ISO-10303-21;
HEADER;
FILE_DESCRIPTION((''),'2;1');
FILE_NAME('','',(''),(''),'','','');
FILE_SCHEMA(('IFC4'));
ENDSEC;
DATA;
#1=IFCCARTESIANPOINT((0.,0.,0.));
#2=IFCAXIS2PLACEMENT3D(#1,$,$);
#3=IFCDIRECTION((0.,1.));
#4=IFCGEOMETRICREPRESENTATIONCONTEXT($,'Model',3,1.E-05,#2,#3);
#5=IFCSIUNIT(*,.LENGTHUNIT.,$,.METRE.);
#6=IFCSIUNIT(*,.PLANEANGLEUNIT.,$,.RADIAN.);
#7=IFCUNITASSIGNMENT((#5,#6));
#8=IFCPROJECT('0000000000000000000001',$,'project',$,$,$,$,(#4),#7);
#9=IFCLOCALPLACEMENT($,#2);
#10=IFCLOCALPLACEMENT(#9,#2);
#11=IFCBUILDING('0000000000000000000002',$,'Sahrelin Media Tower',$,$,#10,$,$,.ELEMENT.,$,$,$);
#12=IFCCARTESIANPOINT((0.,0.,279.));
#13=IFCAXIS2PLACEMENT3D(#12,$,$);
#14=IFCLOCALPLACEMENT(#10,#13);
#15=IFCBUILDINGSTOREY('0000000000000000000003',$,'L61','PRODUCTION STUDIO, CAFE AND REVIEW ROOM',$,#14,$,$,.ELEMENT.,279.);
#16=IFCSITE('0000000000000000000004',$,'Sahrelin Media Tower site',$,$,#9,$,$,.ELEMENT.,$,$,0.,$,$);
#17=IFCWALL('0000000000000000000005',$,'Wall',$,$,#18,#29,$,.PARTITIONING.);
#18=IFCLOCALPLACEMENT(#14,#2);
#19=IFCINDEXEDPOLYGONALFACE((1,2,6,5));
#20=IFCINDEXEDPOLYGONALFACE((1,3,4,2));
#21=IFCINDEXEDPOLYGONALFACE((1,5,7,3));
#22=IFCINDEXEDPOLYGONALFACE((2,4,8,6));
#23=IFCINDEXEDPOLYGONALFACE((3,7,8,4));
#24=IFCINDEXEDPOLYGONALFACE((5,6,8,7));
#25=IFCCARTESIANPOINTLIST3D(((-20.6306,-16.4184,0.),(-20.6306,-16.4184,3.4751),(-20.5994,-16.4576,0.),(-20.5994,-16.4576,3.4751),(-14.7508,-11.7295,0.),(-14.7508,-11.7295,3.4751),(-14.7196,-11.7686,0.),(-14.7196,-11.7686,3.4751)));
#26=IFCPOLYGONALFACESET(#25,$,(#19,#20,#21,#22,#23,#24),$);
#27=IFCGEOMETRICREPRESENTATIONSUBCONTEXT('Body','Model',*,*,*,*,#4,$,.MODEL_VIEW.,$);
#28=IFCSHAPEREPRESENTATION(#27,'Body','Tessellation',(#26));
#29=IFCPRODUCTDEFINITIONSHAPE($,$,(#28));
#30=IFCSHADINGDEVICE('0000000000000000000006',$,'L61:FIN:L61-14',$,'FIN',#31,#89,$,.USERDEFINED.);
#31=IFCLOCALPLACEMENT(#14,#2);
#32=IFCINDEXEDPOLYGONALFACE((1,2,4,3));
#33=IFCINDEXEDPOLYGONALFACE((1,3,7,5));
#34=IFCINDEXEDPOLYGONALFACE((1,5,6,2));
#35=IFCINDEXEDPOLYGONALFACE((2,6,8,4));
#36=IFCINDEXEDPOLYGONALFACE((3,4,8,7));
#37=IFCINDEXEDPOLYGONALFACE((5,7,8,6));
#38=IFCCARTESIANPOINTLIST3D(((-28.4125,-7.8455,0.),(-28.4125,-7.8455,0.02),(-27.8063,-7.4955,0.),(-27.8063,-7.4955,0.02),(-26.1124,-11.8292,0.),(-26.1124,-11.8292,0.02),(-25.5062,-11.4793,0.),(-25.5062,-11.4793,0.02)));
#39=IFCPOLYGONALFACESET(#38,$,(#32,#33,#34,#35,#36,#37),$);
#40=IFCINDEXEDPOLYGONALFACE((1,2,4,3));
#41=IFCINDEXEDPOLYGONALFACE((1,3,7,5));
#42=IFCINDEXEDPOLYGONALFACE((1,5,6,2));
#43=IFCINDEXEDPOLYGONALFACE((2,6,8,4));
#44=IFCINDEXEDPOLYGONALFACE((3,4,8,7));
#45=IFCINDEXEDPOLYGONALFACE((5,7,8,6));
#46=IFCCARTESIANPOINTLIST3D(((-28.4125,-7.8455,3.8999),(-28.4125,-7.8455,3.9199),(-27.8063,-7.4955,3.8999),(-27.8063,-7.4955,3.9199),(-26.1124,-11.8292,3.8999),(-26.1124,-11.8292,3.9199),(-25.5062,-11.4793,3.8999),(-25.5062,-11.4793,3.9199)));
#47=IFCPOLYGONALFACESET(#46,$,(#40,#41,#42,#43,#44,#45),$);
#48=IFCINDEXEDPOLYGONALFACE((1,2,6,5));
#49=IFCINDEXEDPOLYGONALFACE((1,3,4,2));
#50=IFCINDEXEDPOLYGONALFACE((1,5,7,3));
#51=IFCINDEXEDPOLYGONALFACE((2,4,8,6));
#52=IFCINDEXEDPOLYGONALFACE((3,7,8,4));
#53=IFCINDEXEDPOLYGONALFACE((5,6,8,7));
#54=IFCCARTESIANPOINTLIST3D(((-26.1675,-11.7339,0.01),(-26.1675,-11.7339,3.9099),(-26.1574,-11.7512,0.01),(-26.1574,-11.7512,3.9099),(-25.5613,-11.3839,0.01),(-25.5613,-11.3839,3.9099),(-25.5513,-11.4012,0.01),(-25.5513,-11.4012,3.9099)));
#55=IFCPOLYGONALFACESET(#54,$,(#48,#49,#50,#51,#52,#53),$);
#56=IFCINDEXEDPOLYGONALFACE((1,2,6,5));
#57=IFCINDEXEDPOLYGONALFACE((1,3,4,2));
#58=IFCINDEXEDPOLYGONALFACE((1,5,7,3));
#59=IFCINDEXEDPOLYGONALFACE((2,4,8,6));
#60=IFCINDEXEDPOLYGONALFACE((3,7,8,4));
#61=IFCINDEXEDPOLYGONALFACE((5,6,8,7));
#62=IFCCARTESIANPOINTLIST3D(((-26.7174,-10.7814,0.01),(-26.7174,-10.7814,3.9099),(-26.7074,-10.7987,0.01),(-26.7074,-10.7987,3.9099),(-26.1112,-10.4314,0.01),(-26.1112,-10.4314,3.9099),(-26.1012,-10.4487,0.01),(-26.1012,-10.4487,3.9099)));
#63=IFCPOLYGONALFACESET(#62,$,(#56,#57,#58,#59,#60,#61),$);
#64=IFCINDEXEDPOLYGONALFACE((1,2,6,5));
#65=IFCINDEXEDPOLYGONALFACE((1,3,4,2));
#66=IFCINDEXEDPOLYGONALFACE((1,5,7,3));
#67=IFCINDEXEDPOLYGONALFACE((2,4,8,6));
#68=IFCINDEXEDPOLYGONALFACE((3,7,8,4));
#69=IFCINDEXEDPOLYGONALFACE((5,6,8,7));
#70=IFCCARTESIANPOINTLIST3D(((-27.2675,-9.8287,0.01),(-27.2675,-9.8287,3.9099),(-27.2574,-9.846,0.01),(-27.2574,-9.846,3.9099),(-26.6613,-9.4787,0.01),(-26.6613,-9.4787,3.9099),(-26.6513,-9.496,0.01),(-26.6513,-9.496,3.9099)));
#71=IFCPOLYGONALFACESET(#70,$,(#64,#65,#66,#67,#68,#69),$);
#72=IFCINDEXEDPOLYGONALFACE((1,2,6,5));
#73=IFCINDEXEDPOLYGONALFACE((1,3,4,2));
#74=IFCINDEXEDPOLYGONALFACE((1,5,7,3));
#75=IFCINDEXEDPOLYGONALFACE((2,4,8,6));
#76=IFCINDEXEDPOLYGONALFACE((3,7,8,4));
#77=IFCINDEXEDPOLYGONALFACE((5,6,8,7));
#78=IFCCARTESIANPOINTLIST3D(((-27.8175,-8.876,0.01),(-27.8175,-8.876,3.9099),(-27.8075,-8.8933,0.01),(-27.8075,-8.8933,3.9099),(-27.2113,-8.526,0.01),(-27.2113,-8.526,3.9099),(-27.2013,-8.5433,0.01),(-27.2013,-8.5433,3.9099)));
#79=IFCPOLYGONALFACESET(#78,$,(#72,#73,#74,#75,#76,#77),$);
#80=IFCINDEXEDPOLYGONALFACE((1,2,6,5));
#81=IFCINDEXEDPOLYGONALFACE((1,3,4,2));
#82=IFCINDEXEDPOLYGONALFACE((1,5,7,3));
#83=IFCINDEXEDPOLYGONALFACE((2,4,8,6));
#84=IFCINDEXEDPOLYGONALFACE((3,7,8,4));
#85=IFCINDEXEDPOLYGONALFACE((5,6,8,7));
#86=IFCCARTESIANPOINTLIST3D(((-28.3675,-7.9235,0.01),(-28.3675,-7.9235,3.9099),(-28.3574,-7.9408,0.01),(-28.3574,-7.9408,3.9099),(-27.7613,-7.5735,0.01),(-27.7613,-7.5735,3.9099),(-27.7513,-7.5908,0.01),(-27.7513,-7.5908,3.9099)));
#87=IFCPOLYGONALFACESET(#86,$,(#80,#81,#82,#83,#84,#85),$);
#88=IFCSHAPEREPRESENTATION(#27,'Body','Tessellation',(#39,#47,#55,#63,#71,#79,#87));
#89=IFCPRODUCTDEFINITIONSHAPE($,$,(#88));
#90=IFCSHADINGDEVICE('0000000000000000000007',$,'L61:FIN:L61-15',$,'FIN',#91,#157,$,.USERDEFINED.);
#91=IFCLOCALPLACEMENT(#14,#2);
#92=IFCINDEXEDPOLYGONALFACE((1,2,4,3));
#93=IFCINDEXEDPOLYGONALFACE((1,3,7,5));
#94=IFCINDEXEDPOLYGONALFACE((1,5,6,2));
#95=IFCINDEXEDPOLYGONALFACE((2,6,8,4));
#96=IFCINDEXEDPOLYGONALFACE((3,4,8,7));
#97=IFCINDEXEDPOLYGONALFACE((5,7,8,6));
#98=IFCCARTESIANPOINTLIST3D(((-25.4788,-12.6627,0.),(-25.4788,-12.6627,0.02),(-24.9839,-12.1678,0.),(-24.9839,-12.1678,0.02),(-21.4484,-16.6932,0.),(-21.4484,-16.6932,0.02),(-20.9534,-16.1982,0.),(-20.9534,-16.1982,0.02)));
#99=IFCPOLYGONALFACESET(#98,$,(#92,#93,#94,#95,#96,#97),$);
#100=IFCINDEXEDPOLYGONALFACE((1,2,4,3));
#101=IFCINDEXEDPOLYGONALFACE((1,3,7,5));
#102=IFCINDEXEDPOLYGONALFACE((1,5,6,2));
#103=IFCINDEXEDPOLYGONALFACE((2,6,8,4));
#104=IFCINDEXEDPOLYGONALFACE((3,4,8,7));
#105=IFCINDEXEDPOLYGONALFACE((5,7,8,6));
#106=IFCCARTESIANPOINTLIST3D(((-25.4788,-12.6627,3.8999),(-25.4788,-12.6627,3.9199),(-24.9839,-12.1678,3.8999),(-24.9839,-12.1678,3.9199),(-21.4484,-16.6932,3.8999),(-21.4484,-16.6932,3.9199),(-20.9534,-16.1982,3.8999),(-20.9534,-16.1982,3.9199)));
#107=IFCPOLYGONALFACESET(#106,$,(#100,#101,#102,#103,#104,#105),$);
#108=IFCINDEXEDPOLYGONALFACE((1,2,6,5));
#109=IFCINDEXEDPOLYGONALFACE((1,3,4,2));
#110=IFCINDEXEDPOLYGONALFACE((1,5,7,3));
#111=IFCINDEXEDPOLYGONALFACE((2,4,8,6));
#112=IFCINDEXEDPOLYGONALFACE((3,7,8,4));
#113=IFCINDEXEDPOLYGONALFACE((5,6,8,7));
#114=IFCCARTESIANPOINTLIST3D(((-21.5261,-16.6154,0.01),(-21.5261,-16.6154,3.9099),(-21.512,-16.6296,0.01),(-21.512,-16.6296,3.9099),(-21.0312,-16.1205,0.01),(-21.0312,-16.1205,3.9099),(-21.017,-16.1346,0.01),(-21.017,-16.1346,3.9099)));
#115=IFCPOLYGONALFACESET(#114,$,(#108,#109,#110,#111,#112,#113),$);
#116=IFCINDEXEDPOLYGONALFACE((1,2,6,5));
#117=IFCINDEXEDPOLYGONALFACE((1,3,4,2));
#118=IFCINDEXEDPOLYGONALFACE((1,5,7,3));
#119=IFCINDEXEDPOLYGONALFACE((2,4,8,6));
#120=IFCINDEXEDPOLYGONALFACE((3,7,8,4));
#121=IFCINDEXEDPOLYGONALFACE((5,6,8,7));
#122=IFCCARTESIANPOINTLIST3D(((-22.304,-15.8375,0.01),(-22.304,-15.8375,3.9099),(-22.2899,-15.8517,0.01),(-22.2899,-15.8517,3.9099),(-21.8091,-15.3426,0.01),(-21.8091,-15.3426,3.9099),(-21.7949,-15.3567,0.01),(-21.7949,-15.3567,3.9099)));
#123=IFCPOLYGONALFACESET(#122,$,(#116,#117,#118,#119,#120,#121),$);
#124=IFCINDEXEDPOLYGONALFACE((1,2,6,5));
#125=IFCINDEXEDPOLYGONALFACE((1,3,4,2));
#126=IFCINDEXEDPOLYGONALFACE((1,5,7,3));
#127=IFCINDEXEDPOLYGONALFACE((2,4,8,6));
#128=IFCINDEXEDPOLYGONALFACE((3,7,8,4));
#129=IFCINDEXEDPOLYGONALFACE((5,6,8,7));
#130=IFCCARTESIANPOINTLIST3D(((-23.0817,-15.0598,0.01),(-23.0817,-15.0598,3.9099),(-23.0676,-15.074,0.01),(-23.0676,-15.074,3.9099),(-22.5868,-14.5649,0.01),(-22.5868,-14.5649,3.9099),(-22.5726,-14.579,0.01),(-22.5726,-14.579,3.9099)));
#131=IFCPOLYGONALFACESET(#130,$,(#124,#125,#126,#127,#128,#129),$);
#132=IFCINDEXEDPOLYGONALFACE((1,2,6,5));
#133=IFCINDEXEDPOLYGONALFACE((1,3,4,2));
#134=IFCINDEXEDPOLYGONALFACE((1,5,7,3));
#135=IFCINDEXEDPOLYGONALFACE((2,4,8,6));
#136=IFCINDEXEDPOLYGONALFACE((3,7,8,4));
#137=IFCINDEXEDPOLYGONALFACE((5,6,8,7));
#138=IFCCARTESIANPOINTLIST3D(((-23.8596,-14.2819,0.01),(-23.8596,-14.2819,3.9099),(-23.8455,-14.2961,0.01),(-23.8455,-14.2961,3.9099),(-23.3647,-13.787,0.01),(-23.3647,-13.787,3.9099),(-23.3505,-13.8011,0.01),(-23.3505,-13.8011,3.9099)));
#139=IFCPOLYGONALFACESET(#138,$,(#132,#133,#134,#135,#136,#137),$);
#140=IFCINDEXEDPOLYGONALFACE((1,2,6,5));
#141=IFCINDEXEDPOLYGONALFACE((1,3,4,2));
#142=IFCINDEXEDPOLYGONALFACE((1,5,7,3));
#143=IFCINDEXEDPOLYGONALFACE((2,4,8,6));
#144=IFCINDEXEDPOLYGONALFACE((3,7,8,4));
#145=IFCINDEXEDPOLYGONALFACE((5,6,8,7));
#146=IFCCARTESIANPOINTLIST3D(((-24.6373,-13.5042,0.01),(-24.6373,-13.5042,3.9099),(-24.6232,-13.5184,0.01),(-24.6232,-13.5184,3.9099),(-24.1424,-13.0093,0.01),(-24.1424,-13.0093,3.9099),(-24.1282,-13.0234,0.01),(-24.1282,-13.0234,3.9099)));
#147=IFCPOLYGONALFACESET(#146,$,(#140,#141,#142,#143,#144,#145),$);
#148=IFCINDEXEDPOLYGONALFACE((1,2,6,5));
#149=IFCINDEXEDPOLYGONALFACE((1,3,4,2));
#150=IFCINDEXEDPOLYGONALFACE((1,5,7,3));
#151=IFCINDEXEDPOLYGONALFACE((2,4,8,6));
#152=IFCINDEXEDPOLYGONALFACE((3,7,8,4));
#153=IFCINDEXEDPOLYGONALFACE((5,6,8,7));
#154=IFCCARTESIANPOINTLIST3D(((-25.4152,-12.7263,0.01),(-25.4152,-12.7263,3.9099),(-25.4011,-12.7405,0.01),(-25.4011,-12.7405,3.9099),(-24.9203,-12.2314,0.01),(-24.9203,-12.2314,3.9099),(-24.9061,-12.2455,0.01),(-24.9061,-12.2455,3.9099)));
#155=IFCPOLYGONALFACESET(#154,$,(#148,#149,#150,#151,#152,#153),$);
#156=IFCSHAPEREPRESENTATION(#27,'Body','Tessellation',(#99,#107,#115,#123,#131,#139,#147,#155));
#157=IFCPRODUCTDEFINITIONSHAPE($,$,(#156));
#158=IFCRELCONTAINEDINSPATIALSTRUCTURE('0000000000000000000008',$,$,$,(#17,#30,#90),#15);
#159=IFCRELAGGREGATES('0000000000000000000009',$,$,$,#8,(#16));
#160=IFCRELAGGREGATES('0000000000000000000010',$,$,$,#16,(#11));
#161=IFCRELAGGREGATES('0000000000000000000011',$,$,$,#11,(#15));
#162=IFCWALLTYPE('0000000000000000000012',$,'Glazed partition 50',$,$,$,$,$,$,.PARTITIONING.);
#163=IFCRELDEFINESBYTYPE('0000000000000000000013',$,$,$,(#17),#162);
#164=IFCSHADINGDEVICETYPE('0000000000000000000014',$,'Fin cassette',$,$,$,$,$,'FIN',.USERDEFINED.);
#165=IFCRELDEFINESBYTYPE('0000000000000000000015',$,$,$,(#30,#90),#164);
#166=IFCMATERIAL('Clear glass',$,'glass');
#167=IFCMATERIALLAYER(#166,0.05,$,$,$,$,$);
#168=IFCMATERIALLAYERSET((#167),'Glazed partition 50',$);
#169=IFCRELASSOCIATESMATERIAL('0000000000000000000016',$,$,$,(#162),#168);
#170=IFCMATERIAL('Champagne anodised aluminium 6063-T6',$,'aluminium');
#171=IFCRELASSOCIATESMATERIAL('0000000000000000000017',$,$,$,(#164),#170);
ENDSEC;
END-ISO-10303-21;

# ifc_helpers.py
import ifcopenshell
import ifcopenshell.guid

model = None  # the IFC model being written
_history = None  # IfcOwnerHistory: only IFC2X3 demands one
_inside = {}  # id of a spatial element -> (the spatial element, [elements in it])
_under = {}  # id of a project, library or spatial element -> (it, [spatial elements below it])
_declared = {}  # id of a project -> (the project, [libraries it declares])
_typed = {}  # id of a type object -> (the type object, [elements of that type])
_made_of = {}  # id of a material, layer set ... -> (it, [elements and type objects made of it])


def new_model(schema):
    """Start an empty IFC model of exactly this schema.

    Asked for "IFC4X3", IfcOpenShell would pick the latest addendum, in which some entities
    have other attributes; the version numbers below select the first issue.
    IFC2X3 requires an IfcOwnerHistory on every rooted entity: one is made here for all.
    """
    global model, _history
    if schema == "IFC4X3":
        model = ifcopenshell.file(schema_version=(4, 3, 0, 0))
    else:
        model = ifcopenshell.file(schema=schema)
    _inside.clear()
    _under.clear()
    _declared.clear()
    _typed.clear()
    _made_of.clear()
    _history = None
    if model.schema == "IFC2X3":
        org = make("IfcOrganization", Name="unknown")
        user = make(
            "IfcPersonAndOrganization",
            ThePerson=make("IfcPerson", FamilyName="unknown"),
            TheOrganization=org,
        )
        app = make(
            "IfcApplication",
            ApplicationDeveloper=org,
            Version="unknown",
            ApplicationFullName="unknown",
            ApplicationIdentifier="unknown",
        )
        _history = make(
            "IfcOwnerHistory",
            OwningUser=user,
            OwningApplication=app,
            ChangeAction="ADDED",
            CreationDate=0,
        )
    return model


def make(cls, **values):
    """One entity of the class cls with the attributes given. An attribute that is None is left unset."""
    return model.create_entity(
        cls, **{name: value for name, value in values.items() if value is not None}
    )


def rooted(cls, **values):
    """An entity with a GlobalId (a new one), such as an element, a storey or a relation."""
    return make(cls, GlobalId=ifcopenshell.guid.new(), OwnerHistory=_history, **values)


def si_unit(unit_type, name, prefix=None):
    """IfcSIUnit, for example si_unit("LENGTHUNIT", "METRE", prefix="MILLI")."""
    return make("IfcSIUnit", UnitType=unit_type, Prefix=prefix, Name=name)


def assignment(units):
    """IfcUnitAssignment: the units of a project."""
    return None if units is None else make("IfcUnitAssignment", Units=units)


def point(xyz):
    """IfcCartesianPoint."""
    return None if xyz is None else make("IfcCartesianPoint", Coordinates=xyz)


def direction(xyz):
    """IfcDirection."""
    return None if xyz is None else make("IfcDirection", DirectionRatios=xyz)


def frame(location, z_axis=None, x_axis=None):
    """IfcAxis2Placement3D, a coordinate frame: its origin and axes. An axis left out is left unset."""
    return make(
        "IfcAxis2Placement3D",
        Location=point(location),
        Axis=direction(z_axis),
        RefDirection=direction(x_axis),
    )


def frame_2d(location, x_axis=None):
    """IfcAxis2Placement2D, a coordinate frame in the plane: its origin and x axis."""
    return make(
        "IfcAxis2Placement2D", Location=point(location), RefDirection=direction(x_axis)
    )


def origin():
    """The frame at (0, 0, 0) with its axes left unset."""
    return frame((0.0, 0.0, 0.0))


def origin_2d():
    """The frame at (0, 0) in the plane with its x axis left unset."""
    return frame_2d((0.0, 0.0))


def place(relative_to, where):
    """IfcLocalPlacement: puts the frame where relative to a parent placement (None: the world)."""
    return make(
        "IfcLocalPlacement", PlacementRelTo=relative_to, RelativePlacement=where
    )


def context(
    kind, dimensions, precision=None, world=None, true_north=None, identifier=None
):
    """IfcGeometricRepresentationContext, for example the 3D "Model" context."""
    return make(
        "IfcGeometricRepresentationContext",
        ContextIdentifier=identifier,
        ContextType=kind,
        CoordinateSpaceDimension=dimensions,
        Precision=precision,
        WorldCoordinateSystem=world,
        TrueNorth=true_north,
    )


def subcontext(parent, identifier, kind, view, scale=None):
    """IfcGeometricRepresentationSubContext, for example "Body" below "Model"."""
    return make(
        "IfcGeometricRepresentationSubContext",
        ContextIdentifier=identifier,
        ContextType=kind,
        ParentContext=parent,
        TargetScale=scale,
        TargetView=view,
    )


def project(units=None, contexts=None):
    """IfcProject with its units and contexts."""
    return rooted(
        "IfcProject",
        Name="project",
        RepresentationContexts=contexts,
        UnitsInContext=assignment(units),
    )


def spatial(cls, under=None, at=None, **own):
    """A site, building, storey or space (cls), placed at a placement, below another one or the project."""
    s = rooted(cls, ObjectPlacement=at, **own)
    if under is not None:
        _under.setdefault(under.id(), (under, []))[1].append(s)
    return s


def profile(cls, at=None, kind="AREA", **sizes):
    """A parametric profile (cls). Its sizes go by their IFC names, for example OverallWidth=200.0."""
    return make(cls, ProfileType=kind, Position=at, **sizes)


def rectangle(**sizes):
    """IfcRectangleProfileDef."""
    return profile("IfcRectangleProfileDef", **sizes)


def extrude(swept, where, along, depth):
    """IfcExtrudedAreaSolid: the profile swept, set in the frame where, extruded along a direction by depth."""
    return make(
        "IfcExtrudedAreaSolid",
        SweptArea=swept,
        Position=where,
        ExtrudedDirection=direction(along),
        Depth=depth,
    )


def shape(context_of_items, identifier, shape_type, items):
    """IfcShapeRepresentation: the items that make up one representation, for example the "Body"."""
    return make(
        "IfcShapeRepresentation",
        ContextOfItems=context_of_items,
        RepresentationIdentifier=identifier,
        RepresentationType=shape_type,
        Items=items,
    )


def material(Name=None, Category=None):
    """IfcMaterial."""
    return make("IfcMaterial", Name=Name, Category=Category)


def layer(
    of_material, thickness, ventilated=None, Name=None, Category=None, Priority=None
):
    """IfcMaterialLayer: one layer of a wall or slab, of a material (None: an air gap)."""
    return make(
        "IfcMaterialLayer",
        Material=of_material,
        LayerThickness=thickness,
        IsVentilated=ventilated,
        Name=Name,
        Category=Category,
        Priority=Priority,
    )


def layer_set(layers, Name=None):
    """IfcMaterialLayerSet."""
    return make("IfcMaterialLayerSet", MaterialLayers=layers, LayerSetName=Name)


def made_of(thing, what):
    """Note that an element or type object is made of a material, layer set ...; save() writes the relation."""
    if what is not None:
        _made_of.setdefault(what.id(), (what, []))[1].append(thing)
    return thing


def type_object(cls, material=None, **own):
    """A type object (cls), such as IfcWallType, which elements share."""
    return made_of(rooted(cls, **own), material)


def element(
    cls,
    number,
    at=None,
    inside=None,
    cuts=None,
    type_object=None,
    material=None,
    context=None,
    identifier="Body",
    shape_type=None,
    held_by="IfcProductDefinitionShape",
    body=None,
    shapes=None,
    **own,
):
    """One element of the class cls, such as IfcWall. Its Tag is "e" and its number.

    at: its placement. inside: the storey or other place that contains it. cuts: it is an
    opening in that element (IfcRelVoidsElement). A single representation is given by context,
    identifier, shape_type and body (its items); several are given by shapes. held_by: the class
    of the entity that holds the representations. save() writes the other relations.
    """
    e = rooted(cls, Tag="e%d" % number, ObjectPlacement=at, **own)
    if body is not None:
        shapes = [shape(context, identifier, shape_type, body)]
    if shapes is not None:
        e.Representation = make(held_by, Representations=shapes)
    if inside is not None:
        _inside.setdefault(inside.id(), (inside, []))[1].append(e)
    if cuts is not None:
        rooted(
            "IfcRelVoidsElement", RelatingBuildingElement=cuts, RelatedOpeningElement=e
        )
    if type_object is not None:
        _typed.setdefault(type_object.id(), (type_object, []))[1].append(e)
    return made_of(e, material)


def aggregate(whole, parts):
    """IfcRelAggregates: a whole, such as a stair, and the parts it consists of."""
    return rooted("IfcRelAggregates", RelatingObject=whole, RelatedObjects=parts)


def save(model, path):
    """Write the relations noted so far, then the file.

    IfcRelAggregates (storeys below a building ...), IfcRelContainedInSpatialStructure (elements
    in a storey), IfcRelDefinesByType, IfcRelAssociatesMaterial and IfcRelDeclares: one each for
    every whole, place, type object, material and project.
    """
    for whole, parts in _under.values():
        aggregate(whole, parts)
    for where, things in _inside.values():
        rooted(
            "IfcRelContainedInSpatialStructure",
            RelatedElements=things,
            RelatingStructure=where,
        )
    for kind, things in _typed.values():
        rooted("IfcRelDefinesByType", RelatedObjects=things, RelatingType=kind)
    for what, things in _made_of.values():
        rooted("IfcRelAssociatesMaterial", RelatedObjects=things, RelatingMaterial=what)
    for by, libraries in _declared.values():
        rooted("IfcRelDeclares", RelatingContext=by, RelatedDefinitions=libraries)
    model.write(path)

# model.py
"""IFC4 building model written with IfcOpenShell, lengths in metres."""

from ifc_helpers import new_model, si_unit, direction, frame, frame_2d, origin, origin_2d, place, context, subcontext, project, spatial, rectangle, extrude, material, layer, layer_set, type_object, element, save


model = new_model("IFC4")

# Units and contexts
model_context = context("Model", 3, precision=1e-05, world=origin(), true_north=direction((0.0, 1.0)))
body_context = subcontext(model_context, "Body", "Model", "MODEL_VIEW")
ifc_project = project(units=[si_unit("LENGTHUNIT", "METRE"), si_unit("PLANEANGLEUNIT", "RADIAN")], contexts=[model_context])

# Site, building, storey
site_placement = place(None, origin())
site = spatial("IfcSite", under=ifc_project, at=site_placement, Name="Sahrelin Media Tower site", CompositionType="ELEMENT", RefElevation=0.0)
building_placement = place(site_placement, origin())
building = spatial("IfcBuilding", under=site, at=building_placement, Name="Sahrelin Media Tower", CompositionType="ELEMENT")
storey_placement = place(building_placement, frame((0.0, 0.0, 279.0)))
storey = spatial("IfcBuildingStorey", under=building, at=storey_placement, Name="L61", Description="PRODUCTION STUDIO, CAFE AND REVIEW ROOM", CompositionType="ELEMENT", Elevation=279.0)

# Shared definitions
ifc_material_1 = material(Name="Champagne anodised aluminium 6063-T6", Category="aluminium")

# Wall
ifc_material_2 = material(Name="Clear glass", Category="glass")
ifc_layer_1 = layer(ifc_material_2, 0.05)
ifc_layer_set_1 = layer_set([ifc_layer_1], Name="Glazed partition 50")
wall_type_1 = type_object("IfcWallType", Name="Glazed partition 50", PredefinedType="PARTITIONING", material=ifc_layer_set_1)
wall_1_placement = place(storey_placement, frame((-20.615, -16.438, 0.0), z_axis=(0.0, 0.0, 1.0), x_axis=(0.781837, 0.623483, 0.0)))
element("IfcWall", 1, at=wall_1_placement, inside=storey, type_object=wall_type_1, Name="Wall", PredefinedType="PARTITIONING", context=body_context, shape_type="SweptSolid", body=[
    extrude(rectangle(XDim=7.5205, YDim=0.05, at=frame_2d((3.7603, 0.0))), origin(), (0.0, 0.0, 1.0), 3.4751),
])

# Shading devices
shading_device_type_1 = type_object("IfcShadingDeviceType", Name="Fin cassette", ElementType="FIN", PredefinedType="USERDEFINED", material=ifc_material_1)
placement_1 = place(storey_placement, frame((-26.5957, -9.4524, 0.0), z_axis=(0.0, 0.0, 1.0), x_axis=(-0.500011, 0.866019, 0.0)))
element("IfcShadingDevice", 2, at=placement_1, inside=storey, type_object=shading_device_type_1, Name="L61:FIN:L61-14", ObjectType="FIN", PredefinedType="USERDEFINED", context=body_context, shape_type="SweptSolid", body=[
    extrude(rectangle(XDim=4.6001, YDim=0.7, at=origin_2d()), frame((0.0, 0.4199, 0.0)), (0.0, 0.0, 1.0), 0.02),
    extrude(rectangle(XDim=4.6001, YDim=0.7, at=origin_2d()), frame((0.0, 0.4199, 3.8999)), (0.0, 0.0, 1.0), 0.02),
    extrude(rectangle(XDim=0.02, YDim=0.7, at=origin_2d()), frame((-2.2, 0.4199, 0.01), z_axis=(0.0, 0.0, 1.0), x_axis=(1.0, 0.0, 0.0)), (0.0, 0.0, 1.0), 3.8999),
    extrude(rectangle(XDim=0.02, YDim=0.7, at=origin_2d()), frame((-1.1001, 0.4199, 0.01), z_axis=(0.0, 0.0, 1.0), x_axis=(1.0, 0.0, 0.0)), (0.0, 0.0, 1.0), 3.8999),
    extrude(rectangle(XDim=0.02, YDim=0.7, at=origin_2d()), frame((0.0, 0.4199, 0.01), z_axis=(0.0, 0.0, 1.0), x_axis=(1.0, 0.0, 0.0)), (0.0, 0.0, 1.0), 3.8999),
    extrude(rectangle(XDim=0.02, YDim=0.7, at=origin_2d()), frame((1.1001, 0.4199, 0.01), z_axis=(0.0, 0.0, 1.0), x_axis=(1.0, 0.0, 0.0)), (0.0, 0.0, 1.0), 3.8999),
    extrude(rectangle(XDim=0.02, YDim=0.7, at=origin_2d()), frame((2.2, 0.4199, 0.01), z_axis=(0.0, 0.0, 1.0), x_axis=(1.0, 0.0, 0.0)), (0.0, 0.0, 1.0), 3.8999),
])
placement_2 = place(storey_placement, frame((-22.9192, -14.1335, 0.0), z_axis=(0.0, 0.0, 1.0), x_axis=(-0.707107, 0.707107, 0.0)))
element("IfcShadingDevice", 3, at=placement_2, inside=storey, type_object=shading_device_type_1, Name="L61:FIN:L61-15", ObjectType="FIN", PredefinedType="USERDEFINED", context=body_context, shape_type="SweptSolid", body=[
    extrude(rectangle(XDim=5.7, YDim=0.7, at=origin_2d()), frame((0.0, 0.4199, 0.0)), (0.0, 0.0, 1.0), 0.02),
    extrude(rectangle(XDim=5.7, YDim=0.7, at=origin_2d()), frame((0.0, 0.4199, 3.8999)), (0.0, 0.0, 1.0), 0.02),
    extrude(rectangle(XDim=0.02, YDim=0.7, at=origin_2d()), frame((-2.75, 0.4199, 0.01), z_axis=(0.0, 0.0, 1.0), x_axis=(1.0, 0.0, 0.0)), (0.0, 0.0, 1.0), 3.8999),
    extrude(rectangle(XDim=0.02, YDim=0.7, at=origin_2d()), frame((-1.6499, 0.4199, 0.01), z_axis=(0.0, 0.0, 1.0), x_axis=(1.0, 0.0, 0.0)), (0.0, 0.0, 1.0), 3.8999),
    extrude(rectangle(XDim=0.02, YDim=0.7, at=origin_2d()), frame((-0.55, 0.4199, 0.01), z_axis=(0.0, 0.0, 1.0), x_axis=(1.0, 0.0, 0.0)), (0.0, 0.0, 1.0), 3.8999),
    extrude(rectangle(XDim=0.02, YDim=0.7, at=origin_2d()), frame((0.55, 0.4199, 0.01), z_axis=(0.0, 0.0, 1.0), x_axis=(1.0, 0.0, 0.0)), (0.0, 0.0, 1.0), 3.8999),
    extrude(rectangle(XDim=0.02, YDim=0.7, at=origin_2d()), frame((1.6499, 0.4199, 0.01), z_axis=(0.0, 0.0, 1.0), x_axis=(1.0, 0.0, 0.0)), (0.0, 0.0, 1.0), 3.8999),
    extrude(rectangle(XDim=0.02, YDim=0.7, at=origin_2d()), frame((2.75, 0.4199, 0.01), z_axis=(0.0, 0.0, 1.0), x_axis=(1.0, 0.0, 0.0)), (0.0, 0.0, 1.0), 3.8999),
])

save(model, "model.ifc")
